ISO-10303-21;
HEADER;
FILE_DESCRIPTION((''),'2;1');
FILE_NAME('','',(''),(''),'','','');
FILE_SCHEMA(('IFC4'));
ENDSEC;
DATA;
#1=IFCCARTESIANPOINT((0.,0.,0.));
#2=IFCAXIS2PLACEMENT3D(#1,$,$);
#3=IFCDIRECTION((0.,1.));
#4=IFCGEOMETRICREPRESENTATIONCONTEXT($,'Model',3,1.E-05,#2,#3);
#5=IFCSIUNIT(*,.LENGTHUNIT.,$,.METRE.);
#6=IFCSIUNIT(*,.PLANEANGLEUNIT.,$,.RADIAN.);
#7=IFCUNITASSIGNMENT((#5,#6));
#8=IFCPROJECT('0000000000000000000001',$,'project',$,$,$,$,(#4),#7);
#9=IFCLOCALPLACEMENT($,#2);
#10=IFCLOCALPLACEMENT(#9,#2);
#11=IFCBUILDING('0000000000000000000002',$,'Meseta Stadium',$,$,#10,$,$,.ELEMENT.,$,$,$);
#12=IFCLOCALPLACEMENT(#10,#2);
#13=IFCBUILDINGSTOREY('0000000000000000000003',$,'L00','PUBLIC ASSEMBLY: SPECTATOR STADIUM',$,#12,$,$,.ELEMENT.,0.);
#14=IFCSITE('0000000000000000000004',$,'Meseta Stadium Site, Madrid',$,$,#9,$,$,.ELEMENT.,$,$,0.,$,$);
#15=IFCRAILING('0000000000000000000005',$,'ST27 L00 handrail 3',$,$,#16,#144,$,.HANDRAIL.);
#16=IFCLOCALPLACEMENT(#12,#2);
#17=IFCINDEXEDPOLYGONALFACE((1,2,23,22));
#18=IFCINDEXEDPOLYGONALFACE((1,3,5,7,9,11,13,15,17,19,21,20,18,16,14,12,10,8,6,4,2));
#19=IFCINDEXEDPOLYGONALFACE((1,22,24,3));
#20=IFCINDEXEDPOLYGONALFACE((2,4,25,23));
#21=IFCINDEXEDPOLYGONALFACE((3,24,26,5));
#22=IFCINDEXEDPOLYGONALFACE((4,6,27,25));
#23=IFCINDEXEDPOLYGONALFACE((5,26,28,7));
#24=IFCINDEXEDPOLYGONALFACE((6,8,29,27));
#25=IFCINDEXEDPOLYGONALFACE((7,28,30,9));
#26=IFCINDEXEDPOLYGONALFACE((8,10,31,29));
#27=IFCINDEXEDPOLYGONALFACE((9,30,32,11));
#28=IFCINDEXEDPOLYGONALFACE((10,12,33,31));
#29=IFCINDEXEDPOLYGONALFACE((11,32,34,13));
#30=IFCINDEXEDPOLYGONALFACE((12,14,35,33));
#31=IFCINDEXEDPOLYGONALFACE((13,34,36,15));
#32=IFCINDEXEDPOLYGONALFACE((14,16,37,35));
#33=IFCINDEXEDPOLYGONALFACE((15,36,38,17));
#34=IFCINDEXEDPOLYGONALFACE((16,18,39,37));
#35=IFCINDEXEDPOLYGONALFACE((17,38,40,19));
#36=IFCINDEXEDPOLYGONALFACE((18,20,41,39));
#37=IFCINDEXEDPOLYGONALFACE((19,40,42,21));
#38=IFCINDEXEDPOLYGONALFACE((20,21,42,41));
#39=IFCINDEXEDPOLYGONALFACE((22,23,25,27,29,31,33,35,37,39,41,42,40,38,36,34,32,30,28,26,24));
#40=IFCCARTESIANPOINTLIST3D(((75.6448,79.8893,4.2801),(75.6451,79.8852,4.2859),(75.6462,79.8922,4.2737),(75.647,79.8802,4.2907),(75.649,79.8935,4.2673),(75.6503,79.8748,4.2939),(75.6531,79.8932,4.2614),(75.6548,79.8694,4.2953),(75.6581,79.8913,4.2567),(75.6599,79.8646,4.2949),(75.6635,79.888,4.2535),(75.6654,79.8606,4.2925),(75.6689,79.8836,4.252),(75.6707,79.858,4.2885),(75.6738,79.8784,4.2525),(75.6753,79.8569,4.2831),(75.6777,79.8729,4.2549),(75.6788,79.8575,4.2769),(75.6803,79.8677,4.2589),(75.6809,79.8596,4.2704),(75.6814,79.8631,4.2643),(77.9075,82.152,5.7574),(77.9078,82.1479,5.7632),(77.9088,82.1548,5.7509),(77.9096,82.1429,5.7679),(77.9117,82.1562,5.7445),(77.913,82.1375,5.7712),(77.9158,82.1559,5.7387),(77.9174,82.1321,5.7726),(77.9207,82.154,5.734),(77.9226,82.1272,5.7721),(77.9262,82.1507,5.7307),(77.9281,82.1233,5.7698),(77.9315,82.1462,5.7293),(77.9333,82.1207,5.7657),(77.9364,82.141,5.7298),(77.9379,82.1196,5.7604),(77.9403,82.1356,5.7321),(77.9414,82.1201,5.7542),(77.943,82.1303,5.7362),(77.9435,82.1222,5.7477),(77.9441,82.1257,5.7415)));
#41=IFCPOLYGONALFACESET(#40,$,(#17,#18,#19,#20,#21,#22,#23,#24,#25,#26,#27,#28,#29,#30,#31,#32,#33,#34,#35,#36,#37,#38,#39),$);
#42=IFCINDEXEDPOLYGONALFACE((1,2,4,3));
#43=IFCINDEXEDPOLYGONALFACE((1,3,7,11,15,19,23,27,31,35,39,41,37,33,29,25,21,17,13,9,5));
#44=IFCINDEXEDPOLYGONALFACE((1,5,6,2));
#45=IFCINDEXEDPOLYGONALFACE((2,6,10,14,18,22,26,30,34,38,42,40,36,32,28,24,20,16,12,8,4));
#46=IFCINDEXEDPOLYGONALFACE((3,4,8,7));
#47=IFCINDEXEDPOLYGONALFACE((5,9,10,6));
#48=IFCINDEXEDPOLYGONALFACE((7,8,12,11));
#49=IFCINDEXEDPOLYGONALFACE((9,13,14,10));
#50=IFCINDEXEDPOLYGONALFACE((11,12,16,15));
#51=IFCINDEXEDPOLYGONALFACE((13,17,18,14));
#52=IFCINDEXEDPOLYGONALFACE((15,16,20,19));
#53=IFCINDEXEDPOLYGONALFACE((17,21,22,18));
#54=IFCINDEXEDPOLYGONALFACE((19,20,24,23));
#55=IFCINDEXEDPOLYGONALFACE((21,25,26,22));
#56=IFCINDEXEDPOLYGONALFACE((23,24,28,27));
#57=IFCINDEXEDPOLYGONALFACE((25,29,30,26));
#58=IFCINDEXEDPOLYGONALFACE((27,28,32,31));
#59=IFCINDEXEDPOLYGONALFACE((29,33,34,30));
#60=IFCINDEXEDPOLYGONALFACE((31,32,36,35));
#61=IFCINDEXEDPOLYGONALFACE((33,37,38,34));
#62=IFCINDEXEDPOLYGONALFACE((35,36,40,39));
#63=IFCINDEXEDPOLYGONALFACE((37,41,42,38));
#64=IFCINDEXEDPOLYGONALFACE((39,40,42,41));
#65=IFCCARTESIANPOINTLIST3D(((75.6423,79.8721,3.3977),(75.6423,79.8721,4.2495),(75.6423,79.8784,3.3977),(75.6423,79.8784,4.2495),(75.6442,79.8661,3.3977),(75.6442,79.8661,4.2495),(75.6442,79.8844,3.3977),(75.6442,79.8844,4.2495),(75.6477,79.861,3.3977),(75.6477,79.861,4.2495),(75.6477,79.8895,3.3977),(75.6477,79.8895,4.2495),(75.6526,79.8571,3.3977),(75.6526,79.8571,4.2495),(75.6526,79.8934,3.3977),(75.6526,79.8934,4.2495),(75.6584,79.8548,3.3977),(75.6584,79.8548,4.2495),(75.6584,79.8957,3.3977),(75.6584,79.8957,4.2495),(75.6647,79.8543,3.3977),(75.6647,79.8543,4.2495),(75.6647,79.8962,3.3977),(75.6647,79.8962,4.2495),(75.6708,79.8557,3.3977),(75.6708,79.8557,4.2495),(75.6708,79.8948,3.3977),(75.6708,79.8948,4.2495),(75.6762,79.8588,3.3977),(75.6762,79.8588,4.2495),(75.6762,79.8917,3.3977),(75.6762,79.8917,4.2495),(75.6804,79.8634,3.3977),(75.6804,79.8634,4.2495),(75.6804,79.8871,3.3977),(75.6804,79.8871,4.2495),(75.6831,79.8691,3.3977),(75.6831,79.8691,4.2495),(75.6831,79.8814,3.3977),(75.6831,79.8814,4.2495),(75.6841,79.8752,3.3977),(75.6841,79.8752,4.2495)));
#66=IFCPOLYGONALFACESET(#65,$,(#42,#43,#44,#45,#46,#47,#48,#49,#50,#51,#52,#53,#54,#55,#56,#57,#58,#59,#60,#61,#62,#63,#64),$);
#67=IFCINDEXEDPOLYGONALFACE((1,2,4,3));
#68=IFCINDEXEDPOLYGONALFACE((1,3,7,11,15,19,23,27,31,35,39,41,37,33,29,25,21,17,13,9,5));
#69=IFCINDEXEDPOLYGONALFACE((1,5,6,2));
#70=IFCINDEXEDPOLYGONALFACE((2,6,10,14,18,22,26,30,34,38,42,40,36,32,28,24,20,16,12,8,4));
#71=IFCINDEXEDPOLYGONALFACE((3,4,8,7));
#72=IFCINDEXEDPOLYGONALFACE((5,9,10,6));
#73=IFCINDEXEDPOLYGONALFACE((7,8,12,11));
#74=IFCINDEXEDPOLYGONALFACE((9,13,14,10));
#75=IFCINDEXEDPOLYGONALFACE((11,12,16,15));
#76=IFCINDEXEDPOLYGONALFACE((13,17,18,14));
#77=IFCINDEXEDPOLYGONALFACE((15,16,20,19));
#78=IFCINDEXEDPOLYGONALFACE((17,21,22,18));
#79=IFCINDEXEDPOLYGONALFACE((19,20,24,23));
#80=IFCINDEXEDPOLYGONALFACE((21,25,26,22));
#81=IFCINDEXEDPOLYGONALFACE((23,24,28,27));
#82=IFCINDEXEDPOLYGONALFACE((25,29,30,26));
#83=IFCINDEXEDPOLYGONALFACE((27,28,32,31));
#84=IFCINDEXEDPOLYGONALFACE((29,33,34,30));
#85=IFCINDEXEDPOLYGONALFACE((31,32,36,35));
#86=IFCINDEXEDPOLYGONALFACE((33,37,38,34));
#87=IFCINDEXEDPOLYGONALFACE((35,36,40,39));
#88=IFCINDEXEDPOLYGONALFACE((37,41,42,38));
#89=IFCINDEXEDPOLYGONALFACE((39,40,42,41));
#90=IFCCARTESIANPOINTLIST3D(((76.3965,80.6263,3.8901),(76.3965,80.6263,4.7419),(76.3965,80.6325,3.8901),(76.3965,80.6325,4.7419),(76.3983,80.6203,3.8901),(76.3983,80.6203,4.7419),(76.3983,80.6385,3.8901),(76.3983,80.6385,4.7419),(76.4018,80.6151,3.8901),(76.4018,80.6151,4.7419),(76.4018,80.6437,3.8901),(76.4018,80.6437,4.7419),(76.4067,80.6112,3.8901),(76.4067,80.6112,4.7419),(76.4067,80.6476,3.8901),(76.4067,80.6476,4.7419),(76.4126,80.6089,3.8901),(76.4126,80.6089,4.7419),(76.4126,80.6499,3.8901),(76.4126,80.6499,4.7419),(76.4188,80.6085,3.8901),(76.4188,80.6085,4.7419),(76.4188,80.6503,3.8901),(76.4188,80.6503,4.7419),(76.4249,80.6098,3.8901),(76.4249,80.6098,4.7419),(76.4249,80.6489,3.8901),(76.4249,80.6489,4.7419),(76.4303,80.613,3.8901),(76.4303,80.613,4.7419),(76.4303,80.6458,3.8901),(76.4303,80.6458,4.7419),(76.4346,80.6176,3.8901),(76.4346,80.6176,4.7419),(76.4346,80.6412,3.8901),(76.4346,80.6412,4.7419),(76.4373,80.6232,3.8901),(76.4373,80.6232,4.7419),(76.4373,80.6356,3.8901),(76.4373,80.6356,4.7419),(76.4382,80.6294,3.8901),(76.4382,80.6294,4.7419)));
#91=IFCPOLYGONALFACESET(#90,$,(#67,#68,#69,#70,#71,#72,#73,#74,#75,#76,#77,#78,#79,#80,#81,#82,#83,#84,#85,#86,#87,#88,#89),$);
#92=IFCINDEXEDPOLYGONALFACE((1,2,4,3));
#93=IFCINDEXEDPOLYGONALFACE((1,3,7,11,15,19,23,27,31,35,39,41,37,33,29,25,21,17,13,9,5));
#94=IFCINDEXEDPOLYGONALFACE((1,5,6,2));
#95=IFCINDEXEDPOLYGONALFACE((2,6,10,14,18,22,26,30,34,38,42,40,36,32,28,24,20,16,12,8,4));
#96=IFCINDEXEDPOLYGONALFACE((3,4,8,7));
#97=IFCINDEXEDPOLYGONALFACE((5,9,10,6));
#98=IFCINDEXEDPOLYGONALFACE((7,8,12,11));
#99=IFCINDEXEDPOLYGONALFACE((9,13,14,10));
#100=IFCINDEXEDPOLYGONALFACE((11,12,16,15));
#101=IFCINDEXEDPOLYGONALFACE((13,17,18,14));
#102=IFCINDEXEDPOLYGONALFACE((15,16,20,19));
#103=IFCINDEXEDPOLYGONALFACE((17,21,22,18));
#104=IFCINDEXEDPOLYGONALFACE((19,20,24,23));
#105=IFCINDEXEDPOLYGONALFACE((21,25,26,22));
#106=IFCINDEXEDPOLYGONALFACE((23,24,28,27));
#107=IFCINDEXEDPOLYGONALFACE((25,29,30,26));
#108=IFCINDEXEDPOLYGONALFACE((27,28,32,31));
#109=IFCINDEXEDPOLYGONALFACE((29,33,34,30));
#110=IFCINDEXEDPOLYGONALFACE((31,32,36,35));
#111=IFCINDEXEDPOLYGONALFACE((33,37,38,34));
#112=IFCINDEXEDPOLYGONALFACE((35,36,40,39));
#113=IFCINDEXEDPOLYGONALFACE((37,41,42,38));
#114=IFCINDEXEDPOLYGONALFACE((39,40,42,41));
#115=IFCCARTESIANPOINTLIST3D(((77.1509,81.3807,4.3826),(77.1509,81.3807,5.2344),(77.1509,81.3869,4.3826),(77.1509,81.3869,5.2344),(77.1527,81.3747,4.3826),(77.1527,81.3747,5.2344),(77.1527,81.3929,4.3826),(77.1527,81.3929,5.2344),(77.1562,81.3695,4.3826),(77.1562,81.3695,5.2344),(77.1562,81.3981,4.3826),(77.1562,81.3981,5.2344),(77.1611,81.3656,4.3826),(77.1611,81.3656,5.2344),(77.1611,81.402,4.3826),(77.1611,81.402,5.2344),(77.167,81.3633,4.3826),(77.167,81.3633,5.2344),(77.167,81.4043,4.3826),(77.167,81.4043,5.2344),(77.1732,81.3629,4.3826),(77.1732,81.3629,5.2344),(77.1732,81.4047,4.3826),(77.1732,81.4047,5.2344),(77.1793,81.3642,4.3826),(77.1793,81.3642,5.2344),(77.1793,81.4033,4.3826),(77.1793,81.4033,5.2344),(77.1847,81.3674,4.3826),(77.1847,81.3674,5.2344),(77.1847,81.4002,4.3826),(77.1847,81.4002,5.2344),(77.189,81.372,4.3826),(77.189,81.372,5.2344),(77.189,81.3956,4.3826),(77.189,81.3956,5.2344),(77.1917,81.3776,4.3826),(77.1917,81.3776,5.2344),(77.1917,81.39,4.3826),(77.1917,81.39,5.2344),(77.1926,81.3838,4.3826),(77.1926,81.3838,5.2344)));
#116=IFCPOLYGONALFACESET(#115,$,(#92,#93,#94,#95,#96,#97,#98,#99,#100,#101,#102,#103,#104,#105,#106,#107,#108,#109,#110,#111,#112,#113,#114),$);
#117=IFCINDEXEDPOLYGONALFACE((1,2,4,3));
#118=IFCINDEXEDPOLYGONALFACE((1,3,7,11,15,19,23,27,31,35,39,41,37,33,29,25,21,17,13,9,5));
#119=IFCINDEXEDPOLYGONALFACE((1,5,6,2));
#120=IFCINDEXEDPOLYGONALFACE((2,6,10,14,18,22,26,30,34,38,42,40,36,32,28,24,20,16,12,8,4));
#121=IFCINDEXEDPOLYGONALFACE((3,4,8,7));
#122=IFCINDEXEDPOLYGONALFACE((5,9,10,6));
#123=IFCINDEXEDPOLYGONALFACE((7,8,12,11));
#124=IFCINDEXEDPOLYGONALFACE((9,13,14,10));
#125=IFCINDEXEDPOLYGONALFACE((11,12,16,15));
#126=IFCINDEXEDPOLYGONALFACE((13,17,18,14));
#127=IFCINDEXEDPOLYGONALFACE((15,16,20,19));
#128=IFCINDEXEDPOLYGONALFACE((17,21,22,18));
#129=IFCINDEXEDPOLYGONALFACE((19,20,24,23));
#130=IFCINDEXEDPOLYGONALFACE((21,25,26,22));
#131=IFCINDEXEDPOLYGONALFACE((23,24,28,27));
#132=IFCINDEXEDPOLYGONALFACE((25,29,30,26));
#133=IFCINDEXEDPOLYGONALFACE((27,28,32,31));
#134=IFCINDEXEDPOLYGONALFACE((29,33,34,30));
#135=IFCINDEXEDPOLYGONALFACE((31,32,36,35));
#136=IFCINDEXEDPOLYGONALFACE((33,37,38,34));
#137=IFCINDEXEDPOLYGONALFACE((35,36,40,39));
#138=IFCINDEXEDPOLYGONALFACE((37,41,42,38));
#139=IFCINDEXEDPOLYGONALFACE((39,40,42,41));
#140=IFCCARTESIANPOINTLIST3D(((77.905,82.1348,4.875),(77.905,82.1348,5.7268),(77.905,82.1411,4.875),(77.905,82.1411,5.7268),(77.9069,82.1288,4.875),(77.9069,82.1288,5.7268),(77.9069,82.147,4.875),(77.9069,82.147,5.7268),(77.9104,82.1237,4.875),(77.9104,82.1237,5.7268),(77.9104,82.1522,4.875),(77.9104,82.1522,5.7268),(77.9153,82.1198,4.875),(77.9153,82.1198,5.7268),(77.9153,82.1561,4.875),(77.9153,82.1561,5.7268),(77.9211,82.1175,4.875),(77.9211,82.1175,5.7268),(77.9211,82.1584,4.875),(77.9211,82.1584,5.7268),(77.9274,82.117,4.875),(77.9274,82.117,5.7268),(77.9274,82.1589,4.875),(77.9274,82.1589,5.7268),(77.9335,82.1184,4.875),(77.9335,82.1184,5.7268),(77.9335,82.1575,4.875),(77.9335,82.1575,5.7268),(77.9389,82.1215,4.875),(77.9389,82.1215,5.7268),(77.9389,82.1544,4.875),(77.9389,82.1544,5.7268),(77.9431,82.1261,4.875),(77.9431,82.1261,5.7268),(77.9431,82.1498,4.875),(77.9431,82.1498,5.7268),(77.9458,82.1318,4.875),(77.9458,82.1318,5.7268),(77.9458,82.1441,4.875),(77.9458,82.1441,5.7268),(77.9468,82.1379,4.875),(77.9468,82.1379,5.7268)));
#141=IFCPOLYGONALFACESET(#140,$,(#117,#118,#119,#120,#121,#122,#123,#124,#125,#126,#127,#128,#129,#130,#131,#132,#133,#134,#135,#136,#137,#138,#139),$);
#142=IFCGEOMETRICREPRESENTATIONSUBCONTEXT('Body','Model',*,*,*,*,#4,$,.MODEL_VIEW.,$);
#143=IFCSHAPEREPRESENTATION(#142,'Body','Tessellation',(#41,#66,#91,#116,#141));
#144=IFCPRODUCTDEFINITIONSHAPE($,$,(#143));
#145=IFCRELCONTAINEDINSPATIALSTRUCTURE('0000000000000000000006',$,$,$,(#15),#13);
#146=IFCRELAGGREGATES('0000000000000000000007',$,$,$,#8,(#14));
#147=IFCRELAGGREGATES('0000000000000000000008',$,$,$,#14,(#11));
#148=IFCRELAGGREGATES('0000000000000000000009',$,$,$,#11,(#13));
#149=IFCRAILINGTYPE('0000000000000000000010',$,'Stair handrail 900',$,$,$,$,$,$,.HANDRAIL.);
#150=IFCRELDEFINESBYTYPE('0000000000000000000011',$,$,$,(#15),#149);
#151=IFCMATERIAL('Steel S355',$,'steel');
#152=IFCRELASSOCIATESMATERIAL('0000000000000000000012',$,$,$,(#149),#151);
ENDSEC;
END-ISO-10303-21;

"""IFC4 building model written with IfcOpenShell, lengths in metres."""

from ifc_helpers import new_model, si_unit, direction, frame, origin, origin_2d, place, context, subcontext, project, spatial, circle, extrude, material, type_object, element, save


model = new_model("IFC4")

# Units and contexts
model_context = context("Model", 3, precision=1e-05, world=origin(), true_north=direction((0.0, 1.0)))
body_context = subcontext(model_context, "Body", "Model", "MODEL_VIEW")
ifc_project = project(units=[si_unit("LENGTHUNIT", "METRE"), si_unit("PLANEANGLEUNIT", "RADIAN")], contexts=[model_context])

# Site, building, storey
site_placement = place(None, origin())
site = spatial("IfcSite", under=ifc_project, at=site_placement, Name="Meseta Stadium Site, Madrid", CompositionType="ELEMENT", RefElevation=0.0)
building_placement = place(site_placement, origin())
building = spatial("IfcBuilding", under=site, at=building_placement, Name="Meseta Stadium", CompositionType="ELEMENT")
storey_placement = place(building_placement, origin())
storey = spatial("IfcBuildingStorey", under=building, at=storey_placement, Name="L00", Description="PUBLIC ASSEMBLY: SPECTATOR STADIUM", CompositionType="ELEMENT", Elevation=0.0)

# Railing
ifc_material_1 = material(Name="Steel S355", Category="steel")
railing_type_1 = type_object("IfcRailingType", Name="Stair handrail 900", PredefinedType="HANDRAIL", material=ifc_material_1)
for number, where, name in (
    (1, (75.6631, 79.8752, 3.3977), "ST27 L00 handrail 3"),
):
    element("IfcRailing", number, at=place(storey_placement, frame(where)), inside=storey, type_object=railing_type_1, Name=name, PredefinedType="HANDRAIL", context=body_context, shape_type="SweptSolid", body=[
        extrude(circle(Radius=0.0239, at=origin_2d()), frame((0.0, 0.0, 0.876), z_axis=(0.641994, 0.641994, 0.419152), x_axis=(-0.707107, 0.707107, 0.0)), (0.0, 0.0, 1.0), 3.5244),
        extrude(circle(Radius=0.021, at=origin_2d()), origin(), (0.0, 0.0, 1.0), 0.8518),
        extrude(circle(Radius=0.021, at=origin_2d()), frame((0.7542, 0.7542, 0.4924)), (0.0, 0.0, 1.0), 0.8518),
        extrude(circle(Radius=0.021, at=origin_2d()), frame((1.5085, 1.5085, 0.9849)), (0.0, 0.0, 1.0), 0.8518),
        extrude(circle(Radius=0.021, at=origin_2d()), frame((2.2627, 2.2627, 1.4773)), (0.0, 0.0, 1.0), 0.8518),
    ])

save(model, "model.ifc")
